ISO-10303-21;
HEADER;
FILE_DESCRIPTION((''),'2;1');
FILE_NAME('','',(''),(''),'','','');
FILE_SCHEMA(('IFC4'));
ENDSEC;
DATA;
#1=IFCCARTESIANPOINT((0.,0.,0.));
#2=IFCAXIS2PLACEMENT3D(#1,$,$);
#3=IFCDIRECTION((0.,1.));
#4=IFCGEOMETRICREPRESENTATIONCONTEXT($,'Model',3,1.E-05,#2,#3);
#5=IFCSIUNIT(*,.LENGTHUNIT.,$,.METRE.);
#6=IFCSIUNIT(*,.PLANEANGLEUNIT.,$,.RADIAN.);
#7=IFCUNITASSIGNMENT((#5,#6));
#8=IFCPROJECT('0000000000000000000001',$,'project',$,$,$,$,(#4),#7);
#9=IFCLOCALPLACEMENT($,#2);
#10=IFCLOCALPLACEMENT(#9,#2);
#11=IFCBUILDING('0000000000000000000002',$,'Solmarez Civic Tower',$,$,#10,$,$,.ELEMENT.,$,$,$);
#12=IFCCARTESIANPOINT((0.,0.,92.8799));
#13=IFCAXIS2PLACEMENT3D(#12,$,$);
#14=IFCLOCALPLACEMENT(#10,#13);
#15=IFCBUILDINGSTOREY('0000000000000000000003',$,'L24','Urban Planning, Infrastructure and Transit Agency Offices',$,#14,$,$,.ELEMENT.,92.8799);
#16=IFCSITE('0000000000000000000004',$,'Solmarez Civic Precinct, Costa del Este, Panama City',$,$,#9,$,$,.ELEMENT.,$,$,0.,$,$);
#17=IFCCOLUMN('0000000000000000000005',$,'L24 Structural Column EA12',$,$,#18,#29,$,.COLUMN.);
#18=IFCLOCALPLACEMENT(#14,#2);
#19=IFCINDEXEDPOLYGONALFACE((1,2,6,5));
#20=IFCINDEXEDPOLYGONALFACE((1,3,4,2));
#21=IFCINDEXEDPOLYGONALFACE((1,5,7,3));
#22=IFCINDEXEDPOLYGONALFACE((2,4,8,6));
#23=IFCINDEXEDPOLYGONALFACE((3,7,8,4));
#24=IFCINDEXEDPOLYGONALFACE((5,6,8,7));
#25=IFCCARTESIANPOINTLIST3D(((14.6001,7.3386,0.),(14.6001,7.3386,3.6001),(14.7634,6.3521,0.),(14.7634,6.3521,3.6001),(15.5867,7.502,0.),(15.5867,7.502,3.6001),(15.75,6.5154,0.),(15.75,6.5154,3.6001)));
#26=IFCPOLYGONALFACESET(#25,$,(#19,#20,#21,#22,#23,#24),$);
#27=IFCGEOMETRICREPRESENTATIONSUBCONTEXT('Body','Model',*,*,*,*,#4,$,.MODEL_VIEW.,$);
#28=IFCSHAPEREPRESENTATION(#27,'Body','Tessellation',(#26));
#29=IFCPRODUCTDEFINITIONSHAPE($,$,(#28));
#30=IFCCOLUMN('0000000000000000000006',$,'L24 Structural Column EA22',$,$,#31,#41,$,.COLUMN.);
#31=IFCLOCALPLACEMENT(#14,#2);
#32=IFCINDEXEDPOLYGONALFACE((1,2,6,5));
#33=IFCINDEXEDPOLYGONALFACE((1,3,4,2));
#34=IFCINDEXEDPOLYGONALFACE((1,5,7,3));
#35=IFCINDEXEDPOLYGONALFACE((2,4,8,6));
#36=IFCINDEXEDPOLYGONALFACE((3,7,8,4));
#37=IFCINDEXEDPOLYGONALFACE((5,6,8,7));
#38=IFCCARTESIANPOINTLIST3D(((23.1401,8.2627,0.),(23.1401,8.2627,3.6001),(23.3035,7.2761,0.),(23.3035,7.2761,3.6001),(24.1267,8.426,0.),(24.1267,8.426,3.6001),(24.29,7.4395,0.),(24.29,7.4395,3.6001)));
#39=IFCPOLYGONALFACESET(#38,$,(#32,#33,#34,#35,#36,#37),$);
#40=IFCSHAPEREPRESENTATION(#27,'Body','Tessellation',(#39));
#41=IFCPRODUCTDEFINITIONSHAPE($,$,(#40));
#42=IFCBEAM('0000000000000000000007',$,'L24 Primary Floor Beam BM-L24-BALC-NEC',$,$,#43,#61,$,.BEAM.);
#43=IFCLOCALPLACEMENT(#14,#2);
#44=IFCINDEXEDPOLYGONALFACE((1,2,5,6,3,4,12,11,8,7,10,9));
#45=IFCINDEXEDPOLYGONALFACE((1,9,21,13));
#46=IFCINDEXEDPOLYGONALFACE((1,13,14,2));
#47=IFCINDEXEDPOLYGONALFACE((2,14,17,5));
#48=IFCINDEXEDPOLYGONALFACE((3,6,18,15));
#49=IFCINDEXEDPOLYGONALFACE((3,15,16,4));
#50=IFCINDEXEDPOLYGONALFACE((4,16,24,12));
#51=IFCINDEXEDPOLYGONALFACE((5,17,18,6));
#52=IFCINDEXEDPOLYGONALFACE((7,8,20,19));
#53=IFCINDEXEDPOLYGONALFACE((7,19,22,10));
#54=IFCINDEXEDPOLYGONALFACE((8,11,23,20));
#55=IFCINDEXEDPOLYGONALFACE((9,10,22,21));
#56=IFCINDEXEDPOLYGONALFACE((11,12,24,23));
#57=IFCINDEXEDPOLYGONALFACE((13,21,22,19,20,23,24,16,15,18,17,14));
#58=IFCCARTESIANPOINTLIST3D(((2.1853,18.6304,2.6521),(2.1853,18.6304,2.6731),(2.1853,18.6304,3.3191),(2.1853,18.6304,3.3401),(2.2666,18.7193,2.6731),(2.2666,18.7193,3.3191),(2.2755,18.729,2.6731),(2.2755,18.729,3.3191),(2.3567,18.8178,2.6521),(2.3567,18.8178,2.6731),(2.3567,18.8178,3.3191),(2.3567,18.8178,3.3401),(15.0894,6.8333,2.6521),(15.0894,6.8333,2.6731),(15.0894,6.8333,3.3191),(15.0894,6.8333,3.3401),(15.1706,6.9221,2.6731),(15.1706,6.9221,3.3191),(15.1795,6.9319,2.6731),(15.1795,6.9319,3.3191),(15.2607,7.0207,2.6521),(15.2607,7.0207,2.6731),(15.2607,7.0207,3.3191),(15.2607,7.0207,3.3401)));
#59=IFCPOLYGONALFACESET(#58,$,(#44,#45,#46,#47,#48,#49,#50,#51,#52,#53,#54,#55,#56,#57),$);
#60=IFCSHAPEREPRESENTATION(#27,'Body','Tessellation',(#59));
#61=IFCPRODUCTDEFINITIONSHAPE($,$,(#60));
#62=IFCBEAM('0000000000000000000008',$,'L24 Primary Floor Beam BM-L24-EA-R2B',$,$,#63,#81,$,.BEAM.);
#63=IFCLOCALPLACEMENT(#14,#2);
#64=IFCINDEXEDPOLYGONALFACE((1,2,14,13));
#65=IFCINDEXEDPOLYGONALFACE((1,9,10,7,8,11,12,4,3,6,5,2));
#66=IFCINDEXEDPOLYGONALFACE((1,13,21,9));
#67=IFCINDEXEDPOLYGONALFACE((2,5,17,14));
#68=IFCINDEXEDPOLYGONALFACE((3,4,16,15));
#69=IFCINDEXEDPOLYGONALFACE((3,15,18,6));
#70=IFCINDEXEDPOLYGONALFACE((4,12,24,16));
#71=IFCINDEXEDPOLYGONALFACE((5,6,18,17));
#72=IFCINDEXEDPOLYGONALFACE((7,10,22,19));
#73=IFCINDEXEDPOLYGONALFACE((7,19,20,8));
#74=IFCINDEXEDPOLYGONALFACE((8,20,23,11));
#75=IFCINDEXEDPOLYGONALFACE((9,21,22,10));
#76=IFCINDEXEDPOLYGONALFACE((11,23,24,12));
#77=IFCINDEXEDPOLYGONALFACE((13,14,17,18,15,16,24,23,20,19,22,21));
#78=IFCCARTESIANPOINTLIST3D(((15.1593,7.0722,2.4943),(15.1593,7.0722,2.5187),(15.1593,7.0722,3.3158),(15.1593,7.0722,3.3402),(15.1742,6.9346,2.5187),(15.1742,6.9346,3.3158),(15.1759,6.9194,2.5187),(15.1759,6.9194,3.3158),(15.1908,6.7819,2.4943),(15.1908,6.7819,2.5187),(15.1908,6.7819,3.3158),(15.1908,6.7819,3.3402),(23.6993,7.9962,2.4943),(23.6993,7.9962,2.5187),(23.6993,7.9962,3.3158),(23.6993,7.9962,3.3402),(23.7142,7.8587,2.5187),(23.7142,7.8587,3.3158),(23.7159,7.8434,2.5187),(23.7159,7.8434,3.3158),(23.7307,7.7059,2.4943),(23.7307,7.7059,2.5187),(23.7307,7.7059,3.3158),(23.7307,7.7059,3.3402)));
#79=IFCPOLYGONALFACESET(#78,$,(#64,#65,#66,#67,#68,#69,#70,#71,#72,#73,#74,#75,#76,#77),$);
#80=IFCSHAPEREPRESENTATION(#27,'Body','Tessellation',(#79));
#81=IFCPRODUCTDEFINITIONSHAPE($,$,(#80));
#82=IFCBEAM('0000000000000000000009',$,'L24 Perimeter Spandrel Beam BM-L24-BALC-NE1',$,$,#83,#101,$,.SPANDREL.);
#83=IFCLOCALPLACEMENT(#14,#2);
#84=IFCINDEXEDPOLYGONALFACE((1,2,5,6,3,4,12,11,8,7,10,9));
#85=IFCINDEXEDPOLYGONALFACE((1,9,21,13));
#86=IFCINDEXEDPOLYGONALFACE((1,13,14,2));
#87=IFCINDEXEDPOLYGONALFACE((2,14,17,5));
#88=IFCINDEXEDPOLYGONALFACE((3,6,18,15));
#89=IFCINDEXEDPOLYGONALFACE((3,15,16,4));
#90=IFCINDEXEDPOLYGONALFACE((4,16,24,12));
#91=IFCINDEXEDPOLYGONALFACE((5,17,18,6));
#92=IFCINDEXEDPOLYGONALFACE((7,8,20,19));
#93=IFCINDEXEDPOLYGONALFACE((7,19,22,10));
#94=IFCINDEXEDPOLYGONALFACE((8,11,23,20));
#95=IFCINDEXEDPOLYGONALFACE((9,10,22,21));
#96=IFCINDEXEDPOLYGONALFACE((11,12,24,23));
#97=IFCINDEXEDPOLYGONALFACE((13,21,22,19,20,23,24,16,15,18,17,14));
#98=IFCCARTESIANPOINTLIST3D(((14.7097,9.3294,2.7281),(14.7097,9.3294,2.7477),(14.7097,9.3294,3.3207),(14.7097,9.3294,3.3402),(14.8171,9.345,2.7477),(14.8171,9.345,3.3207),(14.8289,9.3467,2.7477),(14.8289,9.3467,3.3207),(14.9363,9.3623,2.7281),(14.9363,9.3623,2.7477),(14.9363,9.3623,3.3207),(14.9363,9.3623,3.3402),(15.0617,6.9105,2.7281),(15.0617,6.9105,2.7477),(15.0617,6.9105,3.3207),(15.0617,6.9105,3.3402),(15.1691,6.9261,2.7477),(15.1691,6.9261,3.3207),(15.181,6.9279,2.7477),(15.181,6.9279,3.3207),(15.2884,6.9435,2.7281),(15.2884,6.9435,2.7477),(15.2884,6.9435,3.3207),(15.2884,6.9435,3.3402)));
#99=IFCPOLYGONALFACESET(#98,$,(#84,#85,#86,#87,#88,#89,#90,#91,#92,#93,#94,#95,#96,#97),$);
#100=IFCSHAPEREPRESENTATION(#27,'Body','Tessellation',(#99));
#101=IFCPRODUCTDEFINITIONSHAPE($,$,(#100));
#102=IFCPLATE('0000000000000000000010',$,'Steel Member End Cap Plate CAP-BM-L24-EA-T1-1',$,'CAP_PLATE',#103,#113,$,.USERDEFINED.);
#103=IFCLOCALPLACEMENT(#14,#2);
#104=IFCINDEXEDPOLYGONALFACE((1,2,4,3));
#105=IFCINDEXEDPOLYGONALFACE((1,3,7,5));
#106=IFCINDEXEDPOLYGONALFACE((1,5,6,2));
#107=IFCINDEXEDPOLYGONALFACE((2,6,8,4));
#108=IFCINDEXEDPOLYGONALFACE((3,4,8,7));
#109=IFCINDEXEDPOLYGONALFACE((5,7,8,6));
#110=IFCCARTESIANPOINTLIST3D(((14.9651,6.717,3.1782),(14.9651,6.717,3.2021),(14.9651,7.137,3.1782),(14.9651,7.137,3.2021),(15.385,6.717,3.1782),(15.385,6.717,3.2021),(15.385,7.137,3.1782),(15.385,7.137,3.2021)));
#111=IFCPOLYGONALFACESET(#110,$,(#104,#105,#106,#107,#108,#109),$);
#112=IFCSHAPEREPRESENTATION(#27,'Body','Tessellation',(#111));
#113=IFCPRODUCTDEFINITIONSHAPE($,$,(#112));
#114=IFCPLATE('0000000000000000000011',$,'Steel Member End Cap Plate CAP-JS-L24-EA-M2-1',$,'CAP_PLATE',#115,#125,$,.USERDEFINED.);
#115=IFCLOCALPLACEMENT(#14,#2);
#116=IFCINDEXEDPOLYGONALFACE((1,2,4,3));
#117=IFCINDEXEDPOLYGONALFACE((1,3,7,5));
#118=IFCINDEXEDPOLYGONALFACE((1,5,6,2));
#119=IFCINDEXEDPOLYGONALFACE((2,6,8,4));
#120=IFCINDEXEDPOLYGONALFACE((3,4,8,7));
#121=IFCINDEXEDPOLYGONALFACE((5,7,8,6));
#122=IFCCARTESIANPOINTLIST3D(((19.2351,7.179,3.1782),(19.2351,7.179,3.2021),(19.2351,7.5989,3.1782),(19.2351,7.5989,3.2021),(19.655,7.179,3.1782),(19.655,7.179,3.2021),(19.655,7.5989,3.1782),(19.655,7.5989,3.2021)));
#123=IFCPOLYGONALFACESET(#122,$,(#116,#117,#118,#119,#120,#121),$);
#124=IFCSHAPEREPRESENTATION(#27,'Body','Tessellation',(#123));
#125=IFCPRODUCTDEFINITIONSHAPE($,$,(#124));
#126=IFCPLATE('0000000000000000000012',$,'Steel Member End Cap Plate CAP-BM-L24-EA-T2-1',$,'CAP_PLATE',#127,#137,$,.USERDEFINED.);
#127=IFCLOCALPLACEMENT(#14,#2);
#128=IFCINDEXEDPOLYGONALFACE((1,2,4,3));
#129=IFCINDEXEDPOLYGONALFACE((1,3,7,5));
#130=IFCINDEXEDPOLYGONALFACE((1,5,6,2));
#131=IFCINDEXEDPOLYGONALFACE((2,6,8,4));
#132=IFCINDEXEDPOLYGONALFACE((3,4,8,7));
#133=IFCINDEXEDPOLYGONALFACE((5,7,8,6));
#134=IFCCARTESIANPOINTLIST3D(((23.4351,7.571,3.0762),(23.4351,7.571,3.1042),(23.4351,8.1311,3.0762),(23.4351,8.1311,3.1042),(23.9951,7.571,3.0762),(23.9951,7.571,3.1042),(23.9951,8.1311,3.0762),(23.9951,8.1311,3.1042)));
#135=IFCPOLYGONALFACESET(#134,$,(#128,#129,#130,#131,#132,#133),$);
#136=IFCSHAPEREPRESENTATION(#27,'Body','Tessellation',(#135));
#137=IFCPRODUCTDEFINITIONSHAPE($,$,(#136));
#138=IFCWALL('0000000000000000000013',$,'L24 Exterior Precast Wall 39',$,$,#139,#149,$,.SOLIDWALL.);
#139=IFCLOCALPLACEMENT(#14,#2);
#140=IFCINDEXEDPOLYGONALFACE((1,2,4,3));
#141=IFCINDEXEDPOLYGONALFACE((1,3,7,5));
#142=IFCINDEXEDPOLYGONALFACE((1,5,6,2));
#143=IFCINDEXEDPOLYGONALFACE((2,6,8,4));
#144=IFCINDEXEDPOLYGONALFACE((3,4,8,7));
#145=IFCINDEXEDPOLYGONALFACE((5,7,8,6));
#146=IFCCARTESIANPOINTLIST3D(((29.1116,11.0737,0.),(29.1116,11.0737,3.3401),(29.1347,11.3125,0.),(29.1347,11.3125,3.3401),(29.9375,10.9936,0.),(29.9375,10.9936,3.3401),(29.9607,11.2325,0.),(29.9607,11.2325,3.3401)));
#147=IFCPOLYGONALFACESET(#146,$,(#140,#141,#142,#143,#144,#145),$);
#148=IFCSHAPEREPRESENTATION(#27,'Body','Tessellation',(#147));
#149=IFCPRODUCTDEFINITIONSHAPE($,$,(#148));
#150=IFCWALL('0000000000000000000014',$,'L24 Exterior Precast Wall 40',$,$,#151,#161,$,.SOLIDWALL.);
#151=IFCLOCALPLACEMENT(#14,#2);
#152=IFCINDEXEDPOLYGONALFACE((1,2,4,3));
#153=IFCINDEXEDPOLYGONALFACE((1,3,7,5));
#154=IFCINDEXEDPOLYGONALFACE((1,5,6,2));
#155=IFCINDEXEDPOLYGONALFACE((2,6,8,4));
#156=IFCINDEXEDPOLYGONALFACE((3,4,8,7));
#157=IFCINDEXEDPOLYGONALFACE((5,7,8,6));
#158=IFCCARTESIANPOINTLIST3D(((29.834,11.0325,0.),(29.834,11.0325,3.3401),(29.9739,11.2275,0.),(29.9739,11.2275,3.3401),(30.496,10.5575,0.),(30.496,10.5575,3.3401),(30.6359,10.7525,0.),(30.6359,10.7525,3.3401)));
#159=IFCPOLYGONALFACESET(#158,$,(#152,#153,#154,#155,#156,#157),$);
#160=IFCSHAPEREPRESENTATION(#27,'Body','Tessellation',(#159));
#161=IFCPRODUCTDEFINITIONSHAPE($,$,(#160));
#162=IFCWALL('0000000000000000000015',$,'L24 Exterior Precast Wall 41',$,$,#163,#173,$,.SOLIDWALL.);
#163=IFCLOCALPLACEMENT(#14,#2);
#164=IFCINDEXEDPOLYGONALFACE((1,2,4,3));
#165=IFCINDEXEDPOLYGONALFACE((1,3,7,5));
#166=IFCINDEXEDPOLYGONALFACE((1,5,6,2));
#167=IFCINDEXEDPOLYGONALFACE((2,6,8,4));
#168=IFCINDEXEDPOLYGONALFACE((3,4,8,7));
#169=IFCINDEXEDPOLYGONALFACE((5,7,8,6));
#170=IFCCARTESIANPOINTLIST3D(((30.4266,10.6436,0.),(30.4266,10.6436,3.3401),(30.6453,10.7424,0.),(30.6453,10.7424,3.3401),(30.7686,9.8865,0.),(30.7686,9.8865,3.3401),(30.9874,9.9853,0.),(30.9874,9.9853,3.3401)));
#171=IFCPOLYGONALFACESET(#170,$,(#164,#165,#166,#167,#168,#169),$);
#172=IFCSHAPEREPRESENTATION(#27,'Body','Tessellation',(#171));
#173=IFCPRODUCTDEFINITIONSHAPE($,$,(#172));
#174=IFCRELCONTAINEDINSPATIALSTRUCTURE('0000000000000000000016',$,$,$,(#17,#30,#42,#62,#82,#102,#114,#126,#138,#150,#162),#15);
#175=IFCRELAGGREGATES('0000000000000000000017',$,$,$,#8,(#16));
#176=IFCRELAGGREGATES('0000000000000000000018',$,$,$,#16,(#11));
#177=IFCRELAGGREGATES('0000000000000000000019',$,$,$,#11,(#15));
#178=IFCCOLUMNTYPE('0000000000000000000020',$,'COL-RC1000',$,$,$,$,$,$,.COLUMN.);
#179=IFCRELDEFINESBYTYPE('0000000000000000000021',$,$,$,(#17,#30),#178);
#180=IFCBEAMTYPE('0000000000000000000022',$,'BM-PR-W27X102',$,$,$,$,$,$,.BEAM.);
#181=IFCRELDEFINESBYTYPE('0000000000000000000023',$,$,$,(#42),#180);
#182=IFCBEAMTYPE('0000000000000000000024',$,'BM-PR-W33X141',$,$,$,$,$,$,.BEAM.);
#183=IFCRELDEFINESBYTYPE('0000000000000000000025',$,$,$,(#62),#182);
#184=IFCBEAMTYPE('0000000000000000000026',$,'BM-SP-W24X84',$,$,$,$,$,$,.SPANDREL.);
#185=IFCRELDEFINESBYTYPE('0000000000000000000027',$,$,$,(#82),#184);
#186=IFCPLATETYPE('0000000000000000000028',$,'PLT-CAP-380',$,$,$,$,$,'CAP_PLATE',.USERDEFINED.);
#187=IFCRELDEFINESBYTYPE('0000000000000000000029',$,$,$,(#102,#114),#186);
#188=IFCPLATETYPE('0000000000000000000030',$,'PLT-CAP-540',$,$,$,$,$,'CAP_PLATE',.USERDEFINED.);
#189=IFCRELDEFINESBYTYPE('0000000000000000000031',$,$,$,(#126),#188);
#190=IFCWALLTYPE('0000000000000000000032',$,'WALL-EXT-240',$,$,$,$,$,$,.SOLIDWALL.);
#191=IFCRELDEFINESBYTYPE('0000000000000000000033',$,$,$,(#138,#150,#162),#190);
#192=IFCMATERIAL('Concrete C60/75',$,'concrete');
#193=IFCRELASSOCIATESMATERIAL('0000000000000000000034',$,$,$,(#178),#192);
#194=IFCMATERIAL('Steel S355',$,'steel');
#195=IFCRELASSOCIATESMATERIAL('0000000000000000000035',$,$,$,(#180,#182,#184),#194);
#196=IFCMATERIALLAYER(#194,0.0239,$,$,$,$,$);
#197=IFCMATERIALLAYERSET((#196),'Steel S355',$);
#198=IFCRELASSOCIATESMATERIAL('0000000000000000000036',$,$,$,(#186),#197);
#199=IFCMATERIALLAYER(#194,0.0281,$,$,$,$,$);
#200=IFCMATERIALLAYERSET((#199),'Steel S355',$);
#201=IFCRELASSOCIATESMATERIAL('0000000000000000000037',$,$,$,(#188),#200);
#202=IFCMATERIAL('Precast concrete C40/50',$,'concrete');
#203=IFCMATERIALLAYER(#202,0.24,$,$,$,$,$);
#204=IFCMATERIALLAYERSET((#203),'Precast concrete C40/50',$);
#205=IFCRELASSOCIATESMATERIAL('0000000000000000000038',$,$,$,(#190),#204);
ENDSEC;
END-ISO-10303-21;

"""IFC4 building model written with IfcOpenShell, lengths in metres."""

from ifc_helpers import new_model, si_unit, direction, frame, frame_2d, origin, origin_2d, place, context, subcontext, project, spatial, rectangle, i_section, extrude, material, layer, layer_set, material_profile, profile_set, type_object, element, save


model = new_model("IFC4")

# Units and contexts
model_context = context("Model", 3, precision=1e-05, world=origin(), true_north=direction((0.0, 1.0)))
body_context = subcontext(model_context, "Body", "Model", "MODEL_VIEW")
ifc_project = project(units=[si_unit("LENGTHUNIT", "METRE"), si_unit("PLANEANGLEUNIT", "RADIAN")], contexts=[model_context])

# Site, building, storey
site_placement = place(None, origin())
site = spatial("IfcSite", under=ifc_project, at=site_placement, Name="Solmarez Civic Precinct, Costa del Este, Panama City", CompositionType="ELEMENT", RefElevation=0.0)
building_placement = place(site_placement, origin())
building = spatial("IfcBuilding", under=site, at=building_placement, Name="Solmarez Civic Tower", CompositionType="ELEMENT")
storey_placement = place(building_placement, frame((0.0, 0.0, 92.8799)))
storey = spatial("IfcBuildingStorey", under=building, at=storey_placement, Name="L24", Description="Urban Planning, Infrastructure and Transit Agency Offices", CompositionType="ELEMENT", Elevation=92.8799)

# Columns
ifc_material_1 = material(Name="Concrete C60/75", Category="concrete")
ifc_material_profile_1 = material_profile(ifc_material_1, rectangle(XDim=1.0, YDim=1.0, at=origin_2d()), Name="RC1000X1000")
ifc_profile_set_1 = profile_set([ifc_material_profile_1], Name="Concrete C60/75")
column_type = type_object("IfcColumnType", Name="COL-RC1000", PredefinedType="COLUMN", material=ifc_profile_set_1)
for number, where, z_axis, x_axis, name in (
    (1, (15.175, 6.927, 0.0), (0.0, 0.0, 1.0), (0.986572, 0.163326, 0.0), "L24 Structural Column EA12"),
    (2, (23.7151, 7.8511, 0.0), (0.0, 0.0, 1.0), (0.986572, 0.163326, 0.0), "L24 Structural Column EA22"),
):
    element("IfcColumn", number, at=place(storey_placement, frame(where, z_axis=z_axis, x_axis=x_axis)), inside=storey, type_object=column_type, Name=name, PredefinedType="COLUMN", context=body_context, shape_type="SweptSolid", body=[
        extrude(rectangle(XDim=1.0, YDim=1.0, at=origin_2d()), origin(), (0.0, 0.0, 1.0), 3.6001),
    ])

# Beams
ifc_material_2 = material(Name="Steel S355", Category="steel")
ifc_material_profile_2 = material_profile(ifc_material_2, i_section(OverallWidth=0.2539, OverallDepth=0.688, WebThickness=0.0132, FlangeThickness=0.021, at=origin_2d()), Name="W27X102")
ifc_profile_set_2 = profile_set([ifc_material_profile_2], Name="Steel S355")
beam_type_1 = type_object("IfcBeamType", Name="BM-PR-W27X102", PredefinedType="BEAM", material=ifc_profile_set_2)
beam_1_placement = place(storey_placement, frame((15.175, 6.927, 2.9961), z_axis=(-0.738054, 0.674742, 0.0), x_axis=(-0.674742, -0.738054, 0.0)))
element("IfcBeam", 3, at=beam_1_placement, inside=storey, type_object=beam_type_1, Name="L24 Primary Floor Beam BM-L24-BALC-NEC", PredefinedType="BEAM", context=body_context, shape_type="SweptSolid", body=[
    extrude(i_section(OverallWidth=0.2539, OverallDepth=0.688, WebThickness=0.0132, FlangeThickness=0.021, at=origin_2d()), origin(), (0.0, 0.0, 1.0), 17.4839),
])
ifc_material_profile_3 = material_profile(ifc_material_2, i_section(OverallWidth=0.292, OverallDepth=0.8459, WebThickness=0.0154, FlangeThickness=0.0244, at=origin_2d()), Name="W33X141")
ifc_profile_set_3 = profile_set([ifc_material_profile_3], Name="Steel S355")
beam_type_2 = type_object("IfcBeamType", Name="BM-PR-W33X141", PredefinedType="BEAM", material=ifc_profile_set_3)
beam_2_placement = place(storey_placement, frame((15.175, 6.927, 2.9172), z_axis=(0.994197, 0.107577, 0.0), x_axis=(-0.107577, 0.994197, 0.0)))
element("IfcBeam", 4, at=beam_2_placement, inside=storey, type_object=beam_type_2, Name="L24 Primary Floor Beam BM-L24-EA-R2B", PredefinedType="BEAM", context=body_context, shape_type="SweptSolid", body=[
    extrude(i_section(OverallWidth=0.292, OverallDepth=0.8459, WebThickness=0.0154, FlangeThickness=0.0244, at=origin_2d()), origin(), (0.0, 0.0, 1.0), 8.5898),
])
ifc_material_profile_4 = material_profile(ifc_material_2, i_section(OverallWidth=0.229, OverallDepth=0.6121, WebThickness=0.012, FlangeThickness=0.0195, at=origin_2d()), Name="W24X84")
ifc_profile_set_4 = profile_set([ifc_material_profile_4], Name="Steel S355")
beam_type_3 = type_object("IfcBeamType", Name="BM-SP-W24X84", PredefinedType="SPANDREL", material=ifc_profile_set_4)
beam_3_placement = place(storey_placement, frame((15.175, 6.927, 3.0342), z_axis=(-0.144022, 0.989575, 0.0), x_axis=(-0.989575, -0.144022, 0.0)))
element("IfcBeam", 5, at=beam_3_placement, inside=storey, type_object=beam_type_3, Name="L24 Perimeter Spandrel Beam BM-L24-BALC-NE1", PredefinedType="SPANDREL", context=body_context, shape_type="SweptSolid", body=[
    extrude(i_section(OverallWidth=0.229, OverallDepth=0.6121, WebThickness=0.012, FlangeThickness=0.0195, at=origin_2d()), origin(), (0.0, 0.0, 1.0), 2.4443),
])

# Plates
ifc_layer_1 = layer(ifc_material_2, 0.0239)
ifc_layer_set_1 = layer_set([ifc_layer_1], Name="Steel S355")
plate_type_1 = type_object("IfcPlateType", Name="PLT-CAP-380", ElementType="CAP_PLATE", PredefinedType="USERDEFINED", material=ifc_layer_set_1)
for number, where, z_axis, x_axis, name in (
    (6, (15.175, 6.927, 3.1782), (0.0, 0.0, 1.0), (1.0, 0.0, 0.0), "Steel Member End Cap Plate CAP-BM-L24-EA-T1-1"),
    (7, (19.4451, 7.3889, 3.1782), (0.0, 0.0, 1.0), (1.0, 0.0, 0.0), "Steel Member End Cap Plate CAP-JS-L24-EA-M2-1"),
):
    element("IfcPlate", number, at=place(storey_placement, frame(where, z_axis=z_axis, x_axis=x_axis)), inside=storey, type_object=plate_type_1, Name=name, ObjectType="CAP_PLATE", PredefinedType="USERDEFINED", context=body_context, shape_type="SweptSolid", body=[
        extrude(rectangle(XDim=0.4199, YDim=0.4199, at=origin_2d()), origin(), (0.0, 0.0, 1.0), 0.0239),
    ])
ifc_layer_2 = layer(ifc_material_2, 0.0281)
ifc_layer_set_2 = layer_set([ifc_layer_2], Name="Steel S355")
plate_type_2 = type_object("IfcPlateType", Name="PLT-CAP-540", ElementType="CAP_PLATE", PredefinedType="USERDEFINED", material=ifc_layer_set_2)
plate_placement = place(storey_placement, frame((23.7151, 7.8511, 3.0762), z_axis=(0.0, 0.0, 1.0), x_axis=(1.0, 0.0, 0.0)))
element("IfcPlate", 8, at=plate_placement, inside=storey, type_object=plate_type_2, Name="Steel Member End Cap Plate CAP-BM-L24-EA-T2-1", ObjectType="CAP_PLATE", PredefinedType="USERDEFINED", context=body_context, shape_type="SweptSolid", body=[
    extrude(rectangle(XDim=0.5601, YDim=0.5601, at=origin_2d()), origin(), (0.0, 0.0, 1.0), 0.0281),
])

# Walls
ifc_material_3 = material(Name="Precast concrete C40/50", Category="concrete")
ifc_layer_3 = layer(ifc_material_3, 0.24)
ifc_layer_set_3 = layer_set([ifc_layer_3], Name="Precast concrete C40/50")
wall_type_1 = type_object("IfcWallType", Name="WALL-EXT-240", PredefinedType="SOLIDWALL", material=ifc_layer_set_3)
wall_1_placement = place(storey_placement, frame((29.123, 11.1931, 0.0), z_axis=(0.0, 0.0, 1.0), x_axis=(0.995333, -0.096503, 0.0)))
element("IfcWall", 9, at=wall_1_placement, inside=storey, type_object=wall_type_1, Name="L24 Exterior Precast Wall 39", PredefinedType="SOLIDWALL", context=body_context, shape_type="SweptSolid", body=[
    extrude(rectangle(XDim=0.8298, YDim=0.24, at=frame_2d((0.415, 0.0))), origin(), (0.0, 0.0, 1.0), 3.3401),
])
wall_2_placement = place(storey_placement, frame((29.9041, 11.1299, 0.0), z_axis=(0.0, 0.0, 1.0), x_axis=(0.812517, -0.582938, 0.0)))
element("IfcWall", 10, at=wall_2_placement, inside=storey, type_object=wall_type_1, Name="L24 Exterior Precast Wall 40", PredefinedType="SOLIDWALL", context=body_context, shape_type="SweptSolid", body=[
    extrude(rectangle(XDim=0.8147, YDim=0.24, at=frame_2d((0.4072, 0.0))), origin(), (0.0, 0.0, 1.0), 3.3401),
])
wall_3_placement = place(storey_placement, frame((30.5359, 10.6931, 0.0), z_axis=(0.0, 0.0, 1.0), x_axis=(0.411721, -0.91131, 0.0)))
element("IfcWall", 11, at=wall_3_placement, inside=storey, type_object=wall_type_1, Name="L24 Exterior Precast Wall 41", PredefinedType="SOLIDWALL", context=body_context, shape_type="SweptSolid", body=[
    extrude(rectangle(XDim=0.8308, YDim=0.24, at=frame_2d((0.4155, 0.0))), origin(), (0.0, 0.0, 1.0), 3.3401),
])

save(model, "model.ifc")
